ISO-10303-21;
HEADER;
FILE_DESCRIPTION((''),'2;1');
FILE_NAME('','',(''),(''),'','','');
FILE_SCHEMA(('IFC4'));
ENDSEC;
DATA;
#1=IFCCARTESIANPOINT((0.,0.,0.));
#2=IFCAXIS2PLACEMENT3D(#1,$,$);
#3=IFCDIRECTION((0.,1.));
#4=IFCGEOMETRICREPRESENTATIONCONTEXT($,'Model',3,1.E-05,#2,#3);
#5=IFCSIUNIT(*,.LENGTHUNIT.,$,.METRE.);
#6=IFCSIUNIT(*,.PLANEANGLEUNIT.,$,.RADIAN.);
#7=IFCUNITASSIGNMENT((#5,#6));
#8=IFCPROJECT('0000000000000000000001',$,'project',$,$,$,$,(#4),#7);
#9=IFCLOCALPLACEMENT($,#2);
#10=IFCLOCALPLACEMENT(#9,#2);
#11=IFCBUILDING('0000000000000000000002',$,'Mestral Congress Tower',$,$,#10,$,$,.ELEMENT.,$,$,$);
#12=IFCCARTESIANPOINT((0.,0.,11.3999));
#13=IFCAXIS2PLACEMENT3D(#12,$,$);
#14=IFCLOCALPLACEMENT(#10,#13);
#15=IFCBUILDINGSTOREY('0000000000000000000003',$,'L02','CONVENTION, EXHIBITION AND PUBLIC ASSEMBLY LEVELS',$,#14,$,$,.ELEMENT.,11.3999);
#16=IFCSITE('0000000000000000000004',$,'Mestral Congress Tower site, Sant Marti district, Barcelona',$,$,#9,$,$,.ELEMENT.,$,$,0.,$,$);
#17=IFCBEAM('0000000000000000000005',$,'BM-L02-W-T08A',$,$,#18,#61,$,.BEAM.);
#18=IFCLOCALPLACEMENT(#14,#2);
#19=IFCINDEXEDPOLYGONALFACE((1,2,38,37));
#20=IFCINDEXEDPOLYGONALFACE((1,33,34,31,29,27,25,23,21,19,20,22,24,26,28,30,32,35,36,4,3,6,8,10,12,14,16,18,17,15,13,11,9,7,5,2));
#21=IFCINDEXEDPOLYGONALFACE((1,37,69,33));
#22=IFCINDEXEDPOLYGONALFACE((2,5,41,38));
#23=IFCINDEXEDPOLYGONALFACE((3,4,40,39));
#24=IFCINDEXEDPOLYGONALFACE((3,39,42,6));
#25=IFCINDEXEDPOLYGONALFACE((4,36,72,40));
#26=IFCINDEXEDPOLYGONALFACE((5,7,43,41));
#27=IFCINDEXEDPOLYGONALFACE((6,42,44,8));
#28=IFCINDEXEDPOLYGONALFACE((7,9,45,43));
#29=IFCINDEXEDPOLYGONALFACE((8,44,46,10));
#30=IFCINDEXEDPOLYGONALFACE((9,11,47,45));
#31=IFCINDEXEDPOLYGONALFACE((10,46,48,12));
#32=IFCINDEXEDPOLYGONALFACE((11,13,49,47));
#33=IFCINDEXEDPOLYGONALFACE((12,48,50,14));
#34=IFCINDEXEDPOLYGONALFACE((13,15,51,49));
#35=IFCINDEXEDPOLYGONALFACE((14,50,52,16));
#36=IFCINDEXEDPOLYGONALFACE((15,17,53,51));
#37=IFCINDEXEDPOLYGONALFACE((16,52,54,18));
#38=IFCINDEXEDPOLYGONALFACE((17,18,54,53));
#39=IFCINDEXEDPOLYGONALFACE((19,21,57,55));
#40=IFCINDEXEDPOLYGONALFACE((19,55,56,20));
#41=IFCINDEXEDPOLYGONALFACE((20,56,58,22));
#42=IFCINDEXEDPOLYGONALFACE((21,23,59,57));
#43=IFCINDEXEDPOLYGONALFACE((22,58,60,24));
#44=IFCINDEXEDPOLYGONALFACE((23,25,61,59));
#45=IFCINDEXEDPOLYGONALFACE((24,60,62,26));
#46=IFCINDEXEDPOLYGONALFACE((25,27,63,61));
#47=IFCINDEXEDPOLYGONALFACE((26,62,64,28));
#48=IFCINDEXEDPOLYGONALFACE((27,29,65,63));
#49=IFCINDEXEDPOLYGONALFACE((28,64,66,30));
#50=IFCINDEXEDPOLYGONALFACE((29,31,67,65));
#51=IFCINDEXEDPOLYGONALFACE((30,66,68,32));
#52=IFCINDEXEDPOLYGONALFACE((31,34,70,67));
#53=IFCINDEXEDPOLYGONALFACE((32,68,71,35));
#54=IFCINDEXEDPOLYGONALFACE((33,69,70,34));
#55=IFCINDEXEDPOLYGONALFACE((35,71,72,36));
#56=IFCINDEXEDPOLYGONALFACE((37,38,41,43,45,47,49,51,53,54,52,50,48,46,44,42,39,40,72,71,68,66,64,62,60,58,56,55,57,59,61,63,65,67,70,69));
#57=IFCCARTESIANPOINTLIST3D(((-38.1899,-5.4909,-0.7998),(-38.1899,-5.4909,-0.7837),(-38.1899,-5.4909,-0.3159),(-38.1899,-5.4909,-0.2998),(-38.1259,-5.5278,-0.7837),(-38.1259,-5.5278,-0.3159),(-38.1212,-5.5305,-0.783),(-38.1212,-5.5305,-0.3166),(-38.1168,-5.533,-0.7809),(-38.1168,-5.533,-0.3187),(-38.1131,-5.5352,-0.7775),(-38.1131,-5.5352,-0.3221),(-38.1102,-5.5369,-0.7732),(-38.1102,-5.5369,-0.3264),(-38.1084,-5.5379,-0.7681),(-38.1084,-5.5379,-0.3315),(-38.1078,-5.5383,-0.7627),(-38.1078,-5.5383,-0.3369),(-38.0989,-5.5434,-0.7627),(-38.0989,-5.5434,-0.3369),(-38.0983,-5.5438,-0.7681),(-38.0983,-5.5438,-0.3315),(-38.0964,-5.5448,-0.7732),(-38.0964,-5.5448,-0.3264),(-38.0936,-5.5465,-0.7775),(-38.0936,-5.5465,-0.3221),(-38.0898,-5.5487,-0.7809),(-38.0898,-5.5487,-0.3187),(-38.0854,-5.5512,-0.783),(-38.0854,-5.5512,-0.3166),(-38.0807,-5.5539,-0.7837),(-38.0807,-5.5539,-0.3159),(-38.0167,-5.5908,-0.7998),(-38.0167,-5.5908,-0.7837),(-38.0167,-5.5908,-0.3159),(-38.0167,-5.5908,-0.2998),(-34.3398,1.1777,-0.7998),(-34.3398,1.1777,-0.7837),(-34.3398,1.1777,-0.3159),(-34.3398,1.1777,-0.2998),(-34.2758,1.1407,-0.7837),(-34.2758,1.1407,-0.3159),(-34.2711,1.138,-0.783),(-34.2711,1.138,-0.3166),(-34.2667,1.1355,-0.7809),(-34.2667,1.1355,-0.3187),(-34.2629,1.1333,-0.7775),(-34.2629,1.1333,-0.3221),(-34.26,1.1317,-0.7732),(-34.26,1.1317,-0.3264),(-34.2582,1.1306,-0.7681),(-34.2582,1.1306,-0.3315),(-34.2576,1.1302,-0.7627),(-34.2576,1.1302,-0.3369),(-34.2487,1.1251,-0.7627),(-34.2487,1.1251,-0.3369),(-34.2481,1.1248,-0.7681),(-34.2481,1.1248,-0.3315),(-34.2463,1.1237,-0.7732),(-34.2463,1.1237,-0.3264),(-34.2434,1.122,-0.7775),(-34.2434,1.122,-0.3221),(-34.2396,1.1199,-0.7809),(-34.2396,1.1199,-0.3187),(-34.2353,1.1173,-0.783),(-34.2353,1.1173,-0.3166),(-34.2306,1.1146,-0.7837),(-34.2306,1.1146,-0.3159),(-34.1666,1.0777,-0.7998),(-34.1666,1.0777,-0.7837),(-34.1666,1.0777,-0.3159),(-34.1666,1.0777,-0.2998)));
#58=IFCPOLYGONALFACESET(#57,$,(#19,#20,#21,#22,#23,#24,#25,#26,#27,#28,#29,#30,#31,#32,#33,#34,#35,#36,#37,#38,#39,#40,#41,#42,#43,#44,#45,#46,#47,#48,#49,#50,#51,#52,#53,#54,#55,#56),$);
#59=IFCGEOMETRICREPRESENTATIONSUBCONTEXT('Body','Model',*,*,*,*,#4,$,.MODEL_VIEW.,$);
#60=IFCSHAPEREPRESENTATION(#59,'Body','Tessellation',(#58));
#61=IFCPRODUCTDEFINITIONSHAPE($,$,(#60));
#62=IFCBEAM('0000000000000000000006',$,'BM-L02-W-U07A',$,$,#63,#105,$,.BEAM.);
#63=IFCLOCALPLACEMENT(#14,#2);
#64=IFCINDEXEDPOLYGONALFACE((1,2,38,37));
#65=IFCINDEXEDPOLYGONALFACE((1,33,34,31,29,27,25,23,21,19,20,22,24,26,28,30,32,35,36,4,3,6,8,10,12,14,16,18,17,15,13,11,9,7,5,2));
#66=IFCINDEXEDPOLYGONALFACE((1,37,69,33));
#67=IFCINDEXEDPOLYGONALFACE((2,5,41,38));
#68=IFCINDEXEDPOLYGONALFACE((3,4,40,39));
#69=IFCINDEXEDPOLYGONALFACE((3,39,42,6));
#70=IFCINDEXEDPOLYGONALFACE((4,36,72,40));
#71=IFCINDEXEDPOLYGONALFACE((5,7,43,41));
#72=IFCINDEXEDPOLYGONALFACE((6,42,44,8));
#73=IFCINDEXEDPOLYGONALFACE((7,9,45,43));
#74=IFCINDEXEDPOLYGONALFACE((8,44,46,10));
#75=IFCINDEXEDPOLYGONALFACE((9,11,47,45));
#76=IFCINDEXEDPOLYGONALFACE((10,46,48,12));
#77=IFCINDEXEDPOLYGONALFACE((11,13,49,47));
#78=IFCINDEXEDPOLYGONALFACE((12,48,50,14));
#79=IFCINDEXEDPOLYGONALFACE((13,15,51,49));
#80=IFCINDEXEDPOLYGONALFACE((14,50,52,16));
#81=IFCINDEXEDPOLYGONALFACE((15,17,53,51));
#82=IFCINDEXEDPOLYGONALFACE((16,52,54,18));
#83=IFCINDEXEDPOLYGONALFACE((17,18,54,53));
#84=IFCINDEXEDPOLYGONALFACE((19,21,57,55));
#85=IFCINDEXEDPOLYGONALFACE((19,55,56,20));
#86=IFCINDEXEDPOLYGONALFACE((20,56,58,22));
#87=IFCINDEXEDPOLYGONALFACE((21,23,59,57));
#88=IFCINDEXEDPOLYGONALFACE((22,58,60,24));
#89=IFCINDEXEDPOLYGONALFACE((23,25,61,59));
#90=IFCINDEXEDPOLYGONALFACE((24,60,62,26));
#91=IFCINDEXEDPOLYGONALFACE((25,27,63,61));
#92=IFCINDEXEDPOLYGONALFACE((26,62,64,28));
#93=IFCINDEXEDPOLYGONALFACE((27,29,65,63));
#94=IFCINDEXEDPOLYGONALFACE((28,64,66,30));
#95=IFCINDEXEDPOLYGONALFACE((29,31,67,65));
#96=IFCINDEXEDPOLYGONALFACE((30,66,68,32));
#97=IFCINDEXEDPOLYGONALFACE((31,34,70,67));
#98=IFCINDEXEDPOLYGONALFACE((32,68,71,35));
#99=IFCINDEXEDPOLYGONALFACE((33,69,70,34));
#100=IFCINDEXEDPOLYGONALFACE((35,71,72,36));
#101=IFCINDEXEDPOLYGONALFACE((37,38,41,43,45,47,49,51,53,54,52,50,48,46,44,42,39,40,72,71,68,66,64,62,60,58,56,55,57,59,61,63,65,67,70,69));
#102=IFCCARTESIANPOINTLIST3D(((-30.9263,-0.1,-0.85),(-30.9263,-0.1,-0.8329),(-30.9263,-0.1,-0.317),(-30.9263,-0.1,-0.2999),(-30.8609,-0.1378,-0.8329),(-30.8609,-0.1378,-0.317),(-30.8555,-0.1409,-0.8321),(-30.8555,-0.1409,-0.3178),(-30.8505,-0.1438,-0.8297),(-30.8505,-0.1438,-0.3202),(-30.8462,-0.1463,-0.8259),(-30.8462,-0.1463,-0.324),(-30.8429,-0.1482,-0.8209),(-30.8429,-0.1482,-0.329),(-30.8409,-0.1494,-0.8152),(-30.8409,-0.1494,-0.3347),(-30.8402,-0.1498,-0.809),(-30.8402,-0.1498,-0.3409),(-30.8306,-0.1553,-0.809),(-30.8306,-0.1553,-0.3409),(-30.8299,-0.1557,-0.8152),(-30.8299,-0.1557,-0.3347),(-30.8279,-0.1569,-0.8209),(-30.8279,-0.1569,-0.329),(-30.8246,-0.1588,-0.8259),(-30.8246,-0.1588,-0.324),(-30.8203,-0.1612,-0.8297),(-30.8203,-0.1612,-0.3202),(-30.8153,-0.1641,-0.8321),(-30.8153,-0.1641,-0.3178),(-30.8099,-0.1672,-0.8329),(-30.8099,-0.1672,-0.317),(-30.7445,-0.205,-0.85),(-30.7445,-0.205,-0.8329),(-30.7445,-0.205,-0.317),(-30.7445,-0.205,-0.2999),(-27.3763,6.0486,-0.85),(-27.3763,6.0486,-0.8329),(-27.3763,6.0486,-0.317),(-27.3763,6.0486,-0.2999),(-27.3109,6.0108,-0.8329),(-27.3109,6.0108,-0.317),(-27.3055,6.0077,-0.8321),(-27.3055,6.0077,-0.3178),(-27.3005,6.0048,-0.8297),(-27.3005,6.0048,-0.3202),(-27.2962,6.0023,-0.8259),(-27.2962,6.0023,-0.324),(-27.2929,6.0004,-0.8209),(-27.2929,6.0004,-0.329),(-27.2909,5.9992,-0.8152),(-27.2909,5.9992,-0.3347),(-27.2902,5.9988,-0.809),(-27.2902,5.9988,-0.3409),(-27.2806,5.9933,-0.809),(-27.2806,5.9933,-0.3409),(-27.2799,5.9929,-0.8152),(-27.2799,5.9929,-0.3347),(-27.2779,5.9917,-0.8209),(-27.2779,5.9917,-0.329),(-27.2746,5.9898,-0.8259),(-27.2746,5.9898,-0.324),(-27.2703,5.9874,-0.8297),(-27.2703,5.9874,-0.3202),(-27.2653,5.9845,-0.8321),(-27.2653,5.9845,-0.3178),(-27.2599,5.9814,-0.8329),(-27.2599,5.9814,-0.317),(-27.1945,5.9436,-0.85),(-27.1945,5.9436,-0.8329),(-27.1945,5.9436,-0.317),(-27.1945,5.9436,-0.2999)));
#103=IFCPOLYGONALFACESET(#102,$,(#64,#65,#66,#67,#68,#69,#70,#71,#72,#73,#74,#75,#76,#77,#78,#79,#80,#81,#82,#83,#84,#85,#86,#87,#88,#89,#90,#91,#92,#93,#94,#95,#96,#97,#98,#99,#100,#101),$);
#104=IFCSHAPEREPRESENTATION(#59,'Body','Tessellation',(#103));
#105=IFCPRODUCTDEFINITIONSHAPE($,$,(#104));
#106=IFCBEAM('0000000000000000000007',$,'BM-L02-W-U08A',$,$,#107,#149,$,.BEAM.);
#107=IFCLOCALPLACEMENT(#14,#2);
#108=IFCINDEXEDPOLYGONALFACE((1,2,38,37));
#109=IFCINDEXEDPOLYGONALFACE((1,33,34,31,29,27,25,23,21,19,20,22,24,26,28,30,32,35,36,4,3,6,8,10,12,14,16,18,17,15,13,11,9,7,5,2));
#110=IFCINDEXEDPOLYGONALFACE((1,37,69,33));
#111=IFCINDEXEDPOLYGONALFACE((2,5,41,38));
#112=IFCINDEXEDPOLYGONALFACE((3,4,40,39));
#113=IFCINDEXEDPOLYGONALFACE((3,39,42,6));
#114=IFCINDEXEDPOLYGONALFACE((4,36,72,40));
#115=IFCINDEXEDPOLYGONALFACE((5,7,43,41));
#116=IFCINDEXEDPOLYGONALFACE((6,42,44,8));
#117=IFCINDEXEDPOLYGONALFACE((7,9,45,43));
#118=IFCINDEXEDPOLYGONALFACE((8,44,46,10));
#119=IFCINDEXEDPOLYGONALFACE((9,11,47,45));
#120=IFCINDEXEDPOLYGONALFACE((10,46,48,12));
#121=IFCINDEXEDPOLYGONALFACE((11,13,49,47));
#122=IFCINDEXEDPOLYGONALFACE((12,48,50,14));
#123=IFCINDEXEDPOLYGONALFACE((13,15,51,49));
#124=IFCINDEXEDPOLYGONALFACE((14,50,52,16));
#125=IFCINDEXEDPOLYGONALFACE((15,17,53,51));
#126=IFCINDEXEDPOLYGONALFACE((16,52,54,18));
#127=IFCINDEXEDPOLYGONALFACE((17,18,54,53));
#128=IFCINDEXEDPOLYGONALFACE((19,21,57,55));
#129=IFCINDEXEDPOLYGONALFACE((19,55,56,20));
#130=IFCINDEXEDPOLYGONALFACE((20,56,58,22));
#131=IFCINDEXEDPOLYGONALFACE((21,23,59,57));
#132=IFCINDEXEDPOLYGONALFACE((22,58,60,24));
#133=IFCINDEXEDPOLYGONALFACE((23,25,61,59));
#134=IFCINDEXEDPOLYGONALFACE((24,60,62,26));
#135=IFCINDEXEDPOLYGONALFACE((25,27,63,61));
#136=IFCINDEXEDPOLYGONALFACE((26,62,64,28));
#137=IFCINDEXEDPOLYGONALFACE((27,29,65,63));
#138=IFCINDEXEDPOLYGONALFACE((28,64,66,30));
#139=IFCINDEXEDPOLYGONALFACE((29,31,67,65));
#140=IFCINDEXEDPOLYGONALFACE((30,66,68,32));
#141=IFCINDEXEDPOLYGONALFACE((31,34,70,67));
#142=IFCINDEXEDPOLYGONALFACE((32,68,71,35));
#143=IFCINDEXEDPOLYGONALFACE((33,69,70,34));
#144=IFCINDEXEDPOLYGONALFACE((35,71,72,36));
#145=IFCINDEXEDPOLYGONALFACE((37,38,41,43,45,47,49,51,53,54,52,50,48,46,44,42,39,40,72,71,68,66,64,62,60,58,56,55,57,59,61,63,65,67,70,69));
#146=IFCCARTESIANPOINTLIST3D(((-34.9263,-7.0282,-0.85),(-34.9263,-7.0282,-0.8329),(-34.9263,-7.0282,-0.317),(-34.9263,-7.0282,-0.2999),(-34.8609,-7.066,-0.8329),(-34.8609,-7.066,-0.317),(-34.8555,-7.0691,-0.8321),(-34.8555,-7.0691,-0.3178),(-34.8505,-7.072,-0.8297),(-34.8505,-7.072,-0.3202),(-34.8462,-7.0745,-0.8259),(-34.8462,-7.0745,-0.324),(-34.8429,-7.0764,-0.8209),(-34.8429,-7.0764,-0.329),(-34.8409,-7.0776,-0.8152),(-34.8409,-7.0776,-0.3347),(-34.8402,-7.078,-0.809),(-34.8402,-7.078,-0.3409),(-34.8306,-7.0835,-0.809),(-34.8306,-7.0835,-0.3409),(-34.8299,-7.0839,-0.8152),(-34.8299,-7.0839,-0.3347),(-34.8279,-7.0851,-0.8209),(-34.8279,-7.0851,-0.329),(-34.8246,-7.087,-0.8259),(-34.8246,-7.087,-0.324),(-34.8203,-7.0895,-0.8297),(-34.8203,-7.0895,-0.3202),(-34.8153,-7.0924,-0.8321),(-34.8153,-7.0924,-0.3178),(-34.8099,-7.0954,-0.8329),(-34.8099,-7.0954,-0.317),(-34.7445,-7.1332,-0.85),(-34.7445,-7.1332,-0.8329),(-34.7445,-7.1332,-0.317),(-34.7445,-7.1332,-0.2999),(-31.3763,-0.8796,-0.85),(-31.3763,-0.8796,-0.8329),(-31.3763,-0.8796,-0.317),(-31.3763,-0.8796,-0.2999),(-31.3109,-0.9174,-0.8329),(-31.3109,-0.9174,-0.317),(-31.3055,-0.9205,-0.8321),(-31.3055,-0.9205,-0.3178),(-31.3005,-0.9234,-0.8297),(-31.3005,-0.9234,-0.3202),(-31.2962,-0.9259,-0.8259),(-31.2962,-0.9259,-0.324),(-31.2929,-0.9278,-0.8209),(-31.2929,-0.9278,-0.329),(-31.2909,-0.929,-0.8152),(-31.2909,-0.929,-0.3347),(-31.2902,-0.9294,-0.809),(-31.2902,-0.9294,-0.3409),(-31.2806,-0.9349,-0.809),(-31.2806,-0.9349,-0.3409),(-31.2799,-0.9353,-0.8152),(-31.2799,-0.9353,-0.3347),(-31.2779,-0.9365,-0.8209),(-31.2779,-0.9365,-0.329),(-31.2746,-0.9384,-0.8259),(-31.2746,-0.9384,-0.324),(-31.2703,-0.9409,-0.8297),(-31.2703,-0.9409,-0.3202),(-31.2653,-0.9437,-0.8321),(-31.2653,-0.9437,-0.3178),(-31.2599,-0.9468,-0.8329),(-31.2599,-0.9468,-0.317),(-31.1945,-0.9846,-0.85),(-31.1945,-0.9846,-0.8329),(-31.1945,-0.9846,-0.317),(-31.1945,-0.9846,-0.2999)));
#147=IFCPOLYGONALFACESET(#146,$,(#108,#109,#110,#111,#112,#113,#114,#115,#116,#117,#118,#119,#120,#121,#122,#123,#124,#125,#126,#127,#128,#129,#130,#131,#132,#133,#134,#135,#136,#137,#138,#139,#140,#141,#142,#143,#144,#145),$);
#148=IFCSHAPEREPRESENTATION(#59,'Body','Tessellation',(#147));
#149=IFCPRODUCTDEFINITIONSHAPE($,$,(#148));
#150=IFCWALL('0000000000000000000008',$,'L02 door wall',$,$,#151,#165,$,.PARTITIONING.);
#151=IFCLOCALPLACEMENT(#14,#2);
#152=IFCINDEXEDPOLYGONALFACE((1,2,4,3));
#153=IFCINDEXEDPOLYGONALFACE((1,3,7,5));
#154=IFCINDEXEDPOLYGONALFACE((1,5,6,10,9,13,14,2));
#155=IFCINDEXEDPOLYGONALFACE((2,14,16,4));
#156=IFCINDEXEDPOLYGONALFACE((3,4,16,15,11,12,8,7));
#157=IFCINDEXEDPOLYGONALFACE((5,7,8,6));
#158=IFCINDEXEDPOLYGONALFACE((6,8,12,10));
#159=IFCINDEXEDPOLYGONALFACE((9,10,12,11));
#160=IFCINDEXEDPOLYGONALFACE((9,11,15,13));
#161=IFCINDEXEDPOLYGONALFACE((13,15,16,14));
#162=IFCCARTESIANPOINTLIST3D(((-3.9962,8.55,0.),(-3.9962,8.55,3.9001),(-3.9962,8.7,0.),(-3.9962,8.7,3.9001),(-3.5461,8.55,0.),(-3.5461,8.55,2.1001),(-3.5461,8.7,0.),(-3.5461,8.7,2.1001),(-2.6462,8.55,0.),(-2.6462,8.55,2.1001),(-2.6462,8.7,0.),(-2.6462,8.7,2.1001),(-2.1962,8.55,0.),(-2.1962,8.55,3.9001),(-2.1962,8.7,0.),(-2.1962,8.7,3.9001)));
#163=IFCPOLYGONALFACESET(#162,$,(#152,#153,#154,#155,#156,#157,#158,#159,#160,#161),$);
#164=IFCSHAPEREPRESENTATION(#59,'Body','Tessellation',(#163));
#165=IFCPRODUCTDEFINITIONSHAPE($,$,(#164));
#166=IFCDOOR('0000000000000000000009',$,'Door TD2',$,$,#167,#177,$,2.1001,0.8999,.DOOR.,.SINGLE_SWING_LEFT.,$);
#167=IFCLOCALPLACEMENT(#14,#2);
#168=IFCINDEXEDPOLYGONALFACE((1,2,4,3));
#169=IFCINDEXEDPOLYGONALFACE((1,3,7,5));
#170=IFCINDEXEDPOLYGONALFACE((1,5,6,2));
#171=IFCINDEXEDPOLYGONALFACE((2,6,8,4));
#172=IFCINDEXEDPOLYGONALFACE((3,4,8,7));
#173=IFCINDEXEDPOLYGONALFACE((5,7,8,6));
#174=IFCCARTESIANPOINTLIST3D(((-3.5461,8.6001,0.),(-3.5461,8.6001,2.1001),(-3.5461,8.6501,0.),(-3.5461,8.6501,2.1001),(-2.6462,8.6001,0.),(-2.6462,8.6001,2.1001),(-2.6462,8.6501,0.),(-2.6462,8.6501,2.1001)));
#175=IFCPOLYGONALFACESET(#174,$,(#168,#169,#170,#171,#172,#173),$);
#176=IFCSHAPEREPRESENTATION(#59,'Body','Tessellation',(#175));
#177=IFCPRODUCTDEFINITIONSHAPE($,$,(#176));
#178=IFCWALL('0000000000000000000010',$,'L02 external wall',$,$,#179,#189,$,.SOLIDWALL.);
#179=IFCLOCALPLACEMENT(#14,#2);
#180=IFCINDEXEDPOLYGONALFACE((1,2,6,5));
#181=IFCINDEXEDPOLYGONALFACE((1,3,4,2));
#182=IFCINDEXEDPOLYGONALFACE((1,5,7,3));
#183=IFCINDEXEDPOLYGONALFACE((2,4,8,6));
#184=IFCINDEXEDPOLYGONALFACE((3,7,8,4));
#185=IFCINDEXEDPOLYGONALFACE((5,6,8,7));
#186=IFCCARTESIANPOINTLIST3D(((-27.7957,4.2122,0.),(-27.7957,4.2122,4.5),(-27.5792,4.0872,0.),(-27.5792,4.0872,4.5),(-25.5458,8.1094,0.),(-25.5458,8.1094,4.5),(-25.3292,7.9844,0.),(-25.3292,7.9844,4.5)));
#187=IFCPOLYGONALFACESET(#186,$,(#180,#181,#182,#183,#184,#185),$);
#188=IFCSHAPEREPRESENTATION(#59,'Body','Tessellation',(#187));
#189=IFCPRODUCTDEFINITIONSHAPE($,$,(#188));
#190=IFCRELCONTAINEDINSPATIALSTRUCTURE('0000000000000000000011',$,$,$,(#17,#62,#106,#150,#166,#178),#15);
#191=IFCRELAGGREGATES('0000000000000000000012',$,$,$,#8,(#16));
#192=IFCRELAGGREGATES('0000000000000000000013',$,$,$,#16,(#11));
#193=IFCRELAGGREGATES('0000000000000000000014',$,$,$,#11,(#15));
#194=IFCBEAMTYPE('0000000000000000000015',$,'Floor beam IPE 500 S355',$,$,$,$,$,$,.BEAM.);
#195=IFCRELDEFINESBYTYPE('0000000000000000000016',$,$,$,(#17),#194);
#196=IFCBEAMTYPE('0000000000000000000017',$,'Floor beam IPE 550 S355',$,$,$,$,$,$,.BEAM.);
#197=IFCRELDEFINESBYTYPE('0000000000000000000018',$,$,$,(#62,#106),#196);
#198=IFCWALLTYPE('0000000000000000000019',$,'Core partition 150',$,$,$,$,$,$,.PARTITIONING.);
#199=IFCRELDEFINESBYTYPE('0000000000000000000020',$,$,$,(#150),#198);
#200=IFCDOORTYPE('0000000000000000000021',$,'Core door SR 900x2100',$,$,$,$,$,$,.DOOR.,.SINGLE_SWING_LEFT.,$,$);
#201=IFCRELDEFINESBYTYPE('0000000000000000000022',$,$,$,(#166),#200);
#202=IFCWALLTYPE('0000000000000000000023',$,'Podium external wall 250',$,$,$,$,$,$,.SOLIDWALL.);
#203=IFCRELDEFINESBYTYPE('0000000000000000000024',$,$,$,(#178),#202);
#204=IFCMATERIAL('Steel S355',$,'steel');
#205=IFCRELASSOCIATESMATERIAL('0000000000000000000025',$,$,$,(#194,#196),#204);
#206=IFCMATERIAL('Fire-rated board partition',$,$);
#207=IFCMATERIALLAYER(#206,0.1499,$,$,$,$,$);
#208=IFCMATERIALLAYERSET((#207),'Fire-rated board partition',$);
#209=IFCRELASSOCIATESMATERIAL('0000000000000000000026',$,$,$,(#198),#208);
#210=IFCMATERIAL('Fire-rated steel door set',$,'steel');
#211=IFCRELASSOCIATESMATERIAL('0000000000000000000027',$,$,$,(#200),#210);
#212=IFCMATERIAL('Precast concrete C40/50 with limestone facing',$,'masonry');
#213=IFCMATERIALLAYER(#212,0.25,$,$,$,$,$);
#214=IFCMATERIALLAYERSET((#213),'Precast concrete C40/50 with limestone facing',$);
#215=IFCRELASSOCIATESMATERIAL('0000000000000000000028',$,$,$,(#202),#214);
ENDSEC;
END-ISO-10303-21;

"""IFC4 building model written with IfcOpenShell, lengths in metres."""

from ifc_helpers import new_model, si_unit, direction, frame, frame_2d, origin, origin_2d, place, context, subcontext, project, spatial, rectangle, i_section, extrude, material, layer, layer_set, material_profile, profile_set, type_object, element, fill, save


model = new_model("IFC4")

# Units and contexts
model_context = context("Model", 3, precision=1e-05, world=origin(), true_north=direction((0.0, 1.0)))
body_context = subcontext(model_context, "Body", "Model", "MODEL_VIEW")
ifc_project = project(units=[si_unit("LENGTHUNIT", "METRE"), si_unit("PLANEANGLEUNIT", "RADIAN")], contexts=[model_context])

# Site, building, storey
site_placement = place(None, origin())
site = spatial("IfcSite", under=ifc_project, at=site_placement, Name="Mestral Congress Tower site, Sant Marti district, Barcelona", CompositionType="ELEMENT", RefElevation=0.0)
building_placement = place(site_placement, origin())
building = spatial("IfcBuilding", under=site, at=building_placement, Name="Mestral Congress Tower", CompositionType="ELEMENT")
storey_placement = place(building_placement, frame((0.0, 0.0, 11.3999)))
storey = spatial("IfcBuildingStorey", under=building, at=storey_placement, Name="L02", Description="CONVENTION, EXHIBITION AND PUBLIC ASSEMBLY LEVELS", CompositionType="ELEMENT", Elevation=11.3999)

# Beams
ifc_material_1 = material(Name="Steel S355", Category="steel")
ifc_material_profile_1 = material_profile(ifc_material_1, i_section(OverallWidth=0.2, OverallDepth=0.5, WebThickness=0.0103, FlangeThickness=0.0161, FilletRadius=0.021, at=origin_2d()), Name="IPE 500")
ifc_profile_set_1 = profile_set([ifc_material_profile_1], Name="Steel S355")
beam_type_1 = type_object("IfcBeamType", Name="Floor beam IPE 500 S355", PredefinedType="BEAM", material=ifc_profile_set_1)
for number, where, z_axis, x_axis, name in (
    (1, (-34.2532, 1.1277, -0.5498), (-0.500006, -0.866022, 0.0), (0.866022, -0.500006, 0.0), "BM-L02-W-T08A"),
):
    element("IfcBeam", number, at=place(storey_placement, frame(where, z_axis=z_axis, x_axis=x_axis)), inside=storey, type_object=beam_type_1, Name=name, PredefinedType="BEAM", context=body_context, shape_type="SweptSolid", body=[
        extrude(i_section(OverallWidth=0.2, OverallDepth=0.5, WebThickness=0.0103, FlangeThickness=0.0161, FilletRadius=0.021, at=origin_2d()), origin(), (0.0, 0.0, 1.0), 7.7002),
    ])
ifc_material_profile_2 = material_profile(ifc_material_1, i_section(OverallWidth=0.21, OverallDepth=0.55, WebThickness=0.011, FlangeThickness=0.0171, FilletRadius=0.0239, at=origin_2d()), Name="IPE 550")
ifc_profile_set_2 = profile_set([ifc_material_profile_2], Name="Steel S355")
beam_type_2 = type_object("IfcBeamType", Name="Floor beam IPE 550 S355", PredefinedType="BEAM", material=ifc_profile_set_2)
for number, where, z_axis, x_axis, name in (
    (2, (-27.2854, 5.9961, -0.575), (-0.500011, -0.866019, 0.0), (0.866019, -0.500011, 0.0), "BM-L02-W-U07A"),
    (3, (-31.2854, -0.9321, -0.575), (-0.500011, -0.866019, 0.0), (0.866019, -0.500011, 0.0), "BM-L02-W-U08A"),
):
    element("IfcBeam", number, at=place(storey_placement, frame(where, z_axis=z_axis, x_axis=x_axis)), inside=storey, type_object=beam_type_2, Name=name, PredefinedType="BEAM", context=body_context, shape_type="SweptSolid", body=[
        extrude(i_section(OverallWidth=0.21, OverallDepth=0.55, WebThickness=0.011, FlangeThickness=0.0171, FilletRadius=0.0239, at=origin_2d()), origin(), (0.0, 0.0, 1.0), 7.0999),
    ])

# Wall, opening, door
ifc_material_2 = material(Name="Fire-rated board partition")
ifc_layer_1 = layer(ifc_material_2, 0.1499)
ifc_layer_set_1 = layer_set([ifc_layer_1], Name="Fire-rated board partition")
wall_type_1 = type_object("IfcWallType", Name="Core partition 150", PredefinedType="PARTITIONING", material=ifc_layer_set_1)
wall_1_placement = place(storey_placement, frame((-2.1963, 8.625, 0.0), z_axis=(0.0, 0.0, 1.0), x_axis=(-1.0, 0.0, 0.0)))
wall_1 = element("IfcWall", 4, at=wall_1_placement, inside=storey, type_object=wall_type_1, Name="L02 door wall", PredefinedType="PARTITIONING", context=body_context, shape_type="SweptSolid", body=[
    extrude(rectangle(XDim=1.8, YDim=0.1499, at=frame_2d((0.8999, 0.0))), origin(), (0.0, 0.0, 1.0), 3.9001),
])
opening_1_placement = place(wall_1_placement, frame((0.45, 0.0, 0.0)))
opening_1 = element("IfcOpeningElement", 5, at=opening_1_placement, cuts=wall_1, PredefinedType="OPENING", context=body_context, shape_type="SweptSolid", body=[
    extrude(rectangle(XDim=0.8999, YDim=2.1001, at=frame_2d((0.45, 1.05))), frame((0.0, 0.085, 0.0), z_axis=(0.0, -1.0, 0.0), x_axis=(1.0, 0.0, 0.0)), (0.0, 0.0, 1.0), 0.1699),
])
ifc_material_3 = material(Name="Fire-rated steel door set", Category="steel")
door_type_1 = type_object("IfcDoorType", Name="Core door SR 900x2100", OperationType="SINGLE_SWING_LEFT", PredefinedType="DOOR", material=ifc_material_3)
door_1_placement = place(opening_1_placement, origin())
door_1 = element("IfcDoor", 6, at=door_1_placement, inside=storey, type_object=door_type_1, Name="Door TD2", OperationType="SINGLE_SWING_LEFT", OverallHeight=2.1001, OverallWidth=0.8999, PredefinedType="DOOR", context=body_context, shape_type="SweptSolid", body=[
    extrude(rectangle(XDim=0.8999, YDim=2.1001, at=frame_2d((0.45, 1.05))), frame((0.0, 0.0249, 0.0), z_axis=(0.0, -1.0, 0.0), x_axis=(1.0, 0.0, 0.0)), (0.0, 0.0, 1.0), 0.05),
])
fill(opening_1, door_1)

# Wall
ifc_material_4 = material(Name="Precast concrete C40/50 with limestone facing", Category="masonry")
ifc_layer_2 = layer(ifc_material_4, 0.25)
ifc_layer_set_2 = layer_set([ifc_layer_2], Name="Precast concrete C40/50 with limestone facing")
wall_type_2 = type_object("IfcWallType", Name="Podium external wall 250", PredefinedType="SOLIDWALL", material=ifc_layer_set_2)
wall_2_placement = place(storey_placement, frame((-25.4375, 8.0469, 0.0), z_axis=(0.0, 0.0, 1.0), x_axis=(-0.49999, -0.866031, 0.0)))
element("IfcWall", 7, at=wall_2_placement, inside=storey, type_object=wall_type_2, Name="L02 external wall", PredefinedType="SOLIDWALL", context=body_context, shape_type="SweptSolid", body=[
    extrude(rectangle(XDim=4.5, YDim=0.25, at=frame_2d((2.25, 0.0))), origin(), (0.0, 0.0, 1.0), 4.5),
])

save(model, "model.ifc")
